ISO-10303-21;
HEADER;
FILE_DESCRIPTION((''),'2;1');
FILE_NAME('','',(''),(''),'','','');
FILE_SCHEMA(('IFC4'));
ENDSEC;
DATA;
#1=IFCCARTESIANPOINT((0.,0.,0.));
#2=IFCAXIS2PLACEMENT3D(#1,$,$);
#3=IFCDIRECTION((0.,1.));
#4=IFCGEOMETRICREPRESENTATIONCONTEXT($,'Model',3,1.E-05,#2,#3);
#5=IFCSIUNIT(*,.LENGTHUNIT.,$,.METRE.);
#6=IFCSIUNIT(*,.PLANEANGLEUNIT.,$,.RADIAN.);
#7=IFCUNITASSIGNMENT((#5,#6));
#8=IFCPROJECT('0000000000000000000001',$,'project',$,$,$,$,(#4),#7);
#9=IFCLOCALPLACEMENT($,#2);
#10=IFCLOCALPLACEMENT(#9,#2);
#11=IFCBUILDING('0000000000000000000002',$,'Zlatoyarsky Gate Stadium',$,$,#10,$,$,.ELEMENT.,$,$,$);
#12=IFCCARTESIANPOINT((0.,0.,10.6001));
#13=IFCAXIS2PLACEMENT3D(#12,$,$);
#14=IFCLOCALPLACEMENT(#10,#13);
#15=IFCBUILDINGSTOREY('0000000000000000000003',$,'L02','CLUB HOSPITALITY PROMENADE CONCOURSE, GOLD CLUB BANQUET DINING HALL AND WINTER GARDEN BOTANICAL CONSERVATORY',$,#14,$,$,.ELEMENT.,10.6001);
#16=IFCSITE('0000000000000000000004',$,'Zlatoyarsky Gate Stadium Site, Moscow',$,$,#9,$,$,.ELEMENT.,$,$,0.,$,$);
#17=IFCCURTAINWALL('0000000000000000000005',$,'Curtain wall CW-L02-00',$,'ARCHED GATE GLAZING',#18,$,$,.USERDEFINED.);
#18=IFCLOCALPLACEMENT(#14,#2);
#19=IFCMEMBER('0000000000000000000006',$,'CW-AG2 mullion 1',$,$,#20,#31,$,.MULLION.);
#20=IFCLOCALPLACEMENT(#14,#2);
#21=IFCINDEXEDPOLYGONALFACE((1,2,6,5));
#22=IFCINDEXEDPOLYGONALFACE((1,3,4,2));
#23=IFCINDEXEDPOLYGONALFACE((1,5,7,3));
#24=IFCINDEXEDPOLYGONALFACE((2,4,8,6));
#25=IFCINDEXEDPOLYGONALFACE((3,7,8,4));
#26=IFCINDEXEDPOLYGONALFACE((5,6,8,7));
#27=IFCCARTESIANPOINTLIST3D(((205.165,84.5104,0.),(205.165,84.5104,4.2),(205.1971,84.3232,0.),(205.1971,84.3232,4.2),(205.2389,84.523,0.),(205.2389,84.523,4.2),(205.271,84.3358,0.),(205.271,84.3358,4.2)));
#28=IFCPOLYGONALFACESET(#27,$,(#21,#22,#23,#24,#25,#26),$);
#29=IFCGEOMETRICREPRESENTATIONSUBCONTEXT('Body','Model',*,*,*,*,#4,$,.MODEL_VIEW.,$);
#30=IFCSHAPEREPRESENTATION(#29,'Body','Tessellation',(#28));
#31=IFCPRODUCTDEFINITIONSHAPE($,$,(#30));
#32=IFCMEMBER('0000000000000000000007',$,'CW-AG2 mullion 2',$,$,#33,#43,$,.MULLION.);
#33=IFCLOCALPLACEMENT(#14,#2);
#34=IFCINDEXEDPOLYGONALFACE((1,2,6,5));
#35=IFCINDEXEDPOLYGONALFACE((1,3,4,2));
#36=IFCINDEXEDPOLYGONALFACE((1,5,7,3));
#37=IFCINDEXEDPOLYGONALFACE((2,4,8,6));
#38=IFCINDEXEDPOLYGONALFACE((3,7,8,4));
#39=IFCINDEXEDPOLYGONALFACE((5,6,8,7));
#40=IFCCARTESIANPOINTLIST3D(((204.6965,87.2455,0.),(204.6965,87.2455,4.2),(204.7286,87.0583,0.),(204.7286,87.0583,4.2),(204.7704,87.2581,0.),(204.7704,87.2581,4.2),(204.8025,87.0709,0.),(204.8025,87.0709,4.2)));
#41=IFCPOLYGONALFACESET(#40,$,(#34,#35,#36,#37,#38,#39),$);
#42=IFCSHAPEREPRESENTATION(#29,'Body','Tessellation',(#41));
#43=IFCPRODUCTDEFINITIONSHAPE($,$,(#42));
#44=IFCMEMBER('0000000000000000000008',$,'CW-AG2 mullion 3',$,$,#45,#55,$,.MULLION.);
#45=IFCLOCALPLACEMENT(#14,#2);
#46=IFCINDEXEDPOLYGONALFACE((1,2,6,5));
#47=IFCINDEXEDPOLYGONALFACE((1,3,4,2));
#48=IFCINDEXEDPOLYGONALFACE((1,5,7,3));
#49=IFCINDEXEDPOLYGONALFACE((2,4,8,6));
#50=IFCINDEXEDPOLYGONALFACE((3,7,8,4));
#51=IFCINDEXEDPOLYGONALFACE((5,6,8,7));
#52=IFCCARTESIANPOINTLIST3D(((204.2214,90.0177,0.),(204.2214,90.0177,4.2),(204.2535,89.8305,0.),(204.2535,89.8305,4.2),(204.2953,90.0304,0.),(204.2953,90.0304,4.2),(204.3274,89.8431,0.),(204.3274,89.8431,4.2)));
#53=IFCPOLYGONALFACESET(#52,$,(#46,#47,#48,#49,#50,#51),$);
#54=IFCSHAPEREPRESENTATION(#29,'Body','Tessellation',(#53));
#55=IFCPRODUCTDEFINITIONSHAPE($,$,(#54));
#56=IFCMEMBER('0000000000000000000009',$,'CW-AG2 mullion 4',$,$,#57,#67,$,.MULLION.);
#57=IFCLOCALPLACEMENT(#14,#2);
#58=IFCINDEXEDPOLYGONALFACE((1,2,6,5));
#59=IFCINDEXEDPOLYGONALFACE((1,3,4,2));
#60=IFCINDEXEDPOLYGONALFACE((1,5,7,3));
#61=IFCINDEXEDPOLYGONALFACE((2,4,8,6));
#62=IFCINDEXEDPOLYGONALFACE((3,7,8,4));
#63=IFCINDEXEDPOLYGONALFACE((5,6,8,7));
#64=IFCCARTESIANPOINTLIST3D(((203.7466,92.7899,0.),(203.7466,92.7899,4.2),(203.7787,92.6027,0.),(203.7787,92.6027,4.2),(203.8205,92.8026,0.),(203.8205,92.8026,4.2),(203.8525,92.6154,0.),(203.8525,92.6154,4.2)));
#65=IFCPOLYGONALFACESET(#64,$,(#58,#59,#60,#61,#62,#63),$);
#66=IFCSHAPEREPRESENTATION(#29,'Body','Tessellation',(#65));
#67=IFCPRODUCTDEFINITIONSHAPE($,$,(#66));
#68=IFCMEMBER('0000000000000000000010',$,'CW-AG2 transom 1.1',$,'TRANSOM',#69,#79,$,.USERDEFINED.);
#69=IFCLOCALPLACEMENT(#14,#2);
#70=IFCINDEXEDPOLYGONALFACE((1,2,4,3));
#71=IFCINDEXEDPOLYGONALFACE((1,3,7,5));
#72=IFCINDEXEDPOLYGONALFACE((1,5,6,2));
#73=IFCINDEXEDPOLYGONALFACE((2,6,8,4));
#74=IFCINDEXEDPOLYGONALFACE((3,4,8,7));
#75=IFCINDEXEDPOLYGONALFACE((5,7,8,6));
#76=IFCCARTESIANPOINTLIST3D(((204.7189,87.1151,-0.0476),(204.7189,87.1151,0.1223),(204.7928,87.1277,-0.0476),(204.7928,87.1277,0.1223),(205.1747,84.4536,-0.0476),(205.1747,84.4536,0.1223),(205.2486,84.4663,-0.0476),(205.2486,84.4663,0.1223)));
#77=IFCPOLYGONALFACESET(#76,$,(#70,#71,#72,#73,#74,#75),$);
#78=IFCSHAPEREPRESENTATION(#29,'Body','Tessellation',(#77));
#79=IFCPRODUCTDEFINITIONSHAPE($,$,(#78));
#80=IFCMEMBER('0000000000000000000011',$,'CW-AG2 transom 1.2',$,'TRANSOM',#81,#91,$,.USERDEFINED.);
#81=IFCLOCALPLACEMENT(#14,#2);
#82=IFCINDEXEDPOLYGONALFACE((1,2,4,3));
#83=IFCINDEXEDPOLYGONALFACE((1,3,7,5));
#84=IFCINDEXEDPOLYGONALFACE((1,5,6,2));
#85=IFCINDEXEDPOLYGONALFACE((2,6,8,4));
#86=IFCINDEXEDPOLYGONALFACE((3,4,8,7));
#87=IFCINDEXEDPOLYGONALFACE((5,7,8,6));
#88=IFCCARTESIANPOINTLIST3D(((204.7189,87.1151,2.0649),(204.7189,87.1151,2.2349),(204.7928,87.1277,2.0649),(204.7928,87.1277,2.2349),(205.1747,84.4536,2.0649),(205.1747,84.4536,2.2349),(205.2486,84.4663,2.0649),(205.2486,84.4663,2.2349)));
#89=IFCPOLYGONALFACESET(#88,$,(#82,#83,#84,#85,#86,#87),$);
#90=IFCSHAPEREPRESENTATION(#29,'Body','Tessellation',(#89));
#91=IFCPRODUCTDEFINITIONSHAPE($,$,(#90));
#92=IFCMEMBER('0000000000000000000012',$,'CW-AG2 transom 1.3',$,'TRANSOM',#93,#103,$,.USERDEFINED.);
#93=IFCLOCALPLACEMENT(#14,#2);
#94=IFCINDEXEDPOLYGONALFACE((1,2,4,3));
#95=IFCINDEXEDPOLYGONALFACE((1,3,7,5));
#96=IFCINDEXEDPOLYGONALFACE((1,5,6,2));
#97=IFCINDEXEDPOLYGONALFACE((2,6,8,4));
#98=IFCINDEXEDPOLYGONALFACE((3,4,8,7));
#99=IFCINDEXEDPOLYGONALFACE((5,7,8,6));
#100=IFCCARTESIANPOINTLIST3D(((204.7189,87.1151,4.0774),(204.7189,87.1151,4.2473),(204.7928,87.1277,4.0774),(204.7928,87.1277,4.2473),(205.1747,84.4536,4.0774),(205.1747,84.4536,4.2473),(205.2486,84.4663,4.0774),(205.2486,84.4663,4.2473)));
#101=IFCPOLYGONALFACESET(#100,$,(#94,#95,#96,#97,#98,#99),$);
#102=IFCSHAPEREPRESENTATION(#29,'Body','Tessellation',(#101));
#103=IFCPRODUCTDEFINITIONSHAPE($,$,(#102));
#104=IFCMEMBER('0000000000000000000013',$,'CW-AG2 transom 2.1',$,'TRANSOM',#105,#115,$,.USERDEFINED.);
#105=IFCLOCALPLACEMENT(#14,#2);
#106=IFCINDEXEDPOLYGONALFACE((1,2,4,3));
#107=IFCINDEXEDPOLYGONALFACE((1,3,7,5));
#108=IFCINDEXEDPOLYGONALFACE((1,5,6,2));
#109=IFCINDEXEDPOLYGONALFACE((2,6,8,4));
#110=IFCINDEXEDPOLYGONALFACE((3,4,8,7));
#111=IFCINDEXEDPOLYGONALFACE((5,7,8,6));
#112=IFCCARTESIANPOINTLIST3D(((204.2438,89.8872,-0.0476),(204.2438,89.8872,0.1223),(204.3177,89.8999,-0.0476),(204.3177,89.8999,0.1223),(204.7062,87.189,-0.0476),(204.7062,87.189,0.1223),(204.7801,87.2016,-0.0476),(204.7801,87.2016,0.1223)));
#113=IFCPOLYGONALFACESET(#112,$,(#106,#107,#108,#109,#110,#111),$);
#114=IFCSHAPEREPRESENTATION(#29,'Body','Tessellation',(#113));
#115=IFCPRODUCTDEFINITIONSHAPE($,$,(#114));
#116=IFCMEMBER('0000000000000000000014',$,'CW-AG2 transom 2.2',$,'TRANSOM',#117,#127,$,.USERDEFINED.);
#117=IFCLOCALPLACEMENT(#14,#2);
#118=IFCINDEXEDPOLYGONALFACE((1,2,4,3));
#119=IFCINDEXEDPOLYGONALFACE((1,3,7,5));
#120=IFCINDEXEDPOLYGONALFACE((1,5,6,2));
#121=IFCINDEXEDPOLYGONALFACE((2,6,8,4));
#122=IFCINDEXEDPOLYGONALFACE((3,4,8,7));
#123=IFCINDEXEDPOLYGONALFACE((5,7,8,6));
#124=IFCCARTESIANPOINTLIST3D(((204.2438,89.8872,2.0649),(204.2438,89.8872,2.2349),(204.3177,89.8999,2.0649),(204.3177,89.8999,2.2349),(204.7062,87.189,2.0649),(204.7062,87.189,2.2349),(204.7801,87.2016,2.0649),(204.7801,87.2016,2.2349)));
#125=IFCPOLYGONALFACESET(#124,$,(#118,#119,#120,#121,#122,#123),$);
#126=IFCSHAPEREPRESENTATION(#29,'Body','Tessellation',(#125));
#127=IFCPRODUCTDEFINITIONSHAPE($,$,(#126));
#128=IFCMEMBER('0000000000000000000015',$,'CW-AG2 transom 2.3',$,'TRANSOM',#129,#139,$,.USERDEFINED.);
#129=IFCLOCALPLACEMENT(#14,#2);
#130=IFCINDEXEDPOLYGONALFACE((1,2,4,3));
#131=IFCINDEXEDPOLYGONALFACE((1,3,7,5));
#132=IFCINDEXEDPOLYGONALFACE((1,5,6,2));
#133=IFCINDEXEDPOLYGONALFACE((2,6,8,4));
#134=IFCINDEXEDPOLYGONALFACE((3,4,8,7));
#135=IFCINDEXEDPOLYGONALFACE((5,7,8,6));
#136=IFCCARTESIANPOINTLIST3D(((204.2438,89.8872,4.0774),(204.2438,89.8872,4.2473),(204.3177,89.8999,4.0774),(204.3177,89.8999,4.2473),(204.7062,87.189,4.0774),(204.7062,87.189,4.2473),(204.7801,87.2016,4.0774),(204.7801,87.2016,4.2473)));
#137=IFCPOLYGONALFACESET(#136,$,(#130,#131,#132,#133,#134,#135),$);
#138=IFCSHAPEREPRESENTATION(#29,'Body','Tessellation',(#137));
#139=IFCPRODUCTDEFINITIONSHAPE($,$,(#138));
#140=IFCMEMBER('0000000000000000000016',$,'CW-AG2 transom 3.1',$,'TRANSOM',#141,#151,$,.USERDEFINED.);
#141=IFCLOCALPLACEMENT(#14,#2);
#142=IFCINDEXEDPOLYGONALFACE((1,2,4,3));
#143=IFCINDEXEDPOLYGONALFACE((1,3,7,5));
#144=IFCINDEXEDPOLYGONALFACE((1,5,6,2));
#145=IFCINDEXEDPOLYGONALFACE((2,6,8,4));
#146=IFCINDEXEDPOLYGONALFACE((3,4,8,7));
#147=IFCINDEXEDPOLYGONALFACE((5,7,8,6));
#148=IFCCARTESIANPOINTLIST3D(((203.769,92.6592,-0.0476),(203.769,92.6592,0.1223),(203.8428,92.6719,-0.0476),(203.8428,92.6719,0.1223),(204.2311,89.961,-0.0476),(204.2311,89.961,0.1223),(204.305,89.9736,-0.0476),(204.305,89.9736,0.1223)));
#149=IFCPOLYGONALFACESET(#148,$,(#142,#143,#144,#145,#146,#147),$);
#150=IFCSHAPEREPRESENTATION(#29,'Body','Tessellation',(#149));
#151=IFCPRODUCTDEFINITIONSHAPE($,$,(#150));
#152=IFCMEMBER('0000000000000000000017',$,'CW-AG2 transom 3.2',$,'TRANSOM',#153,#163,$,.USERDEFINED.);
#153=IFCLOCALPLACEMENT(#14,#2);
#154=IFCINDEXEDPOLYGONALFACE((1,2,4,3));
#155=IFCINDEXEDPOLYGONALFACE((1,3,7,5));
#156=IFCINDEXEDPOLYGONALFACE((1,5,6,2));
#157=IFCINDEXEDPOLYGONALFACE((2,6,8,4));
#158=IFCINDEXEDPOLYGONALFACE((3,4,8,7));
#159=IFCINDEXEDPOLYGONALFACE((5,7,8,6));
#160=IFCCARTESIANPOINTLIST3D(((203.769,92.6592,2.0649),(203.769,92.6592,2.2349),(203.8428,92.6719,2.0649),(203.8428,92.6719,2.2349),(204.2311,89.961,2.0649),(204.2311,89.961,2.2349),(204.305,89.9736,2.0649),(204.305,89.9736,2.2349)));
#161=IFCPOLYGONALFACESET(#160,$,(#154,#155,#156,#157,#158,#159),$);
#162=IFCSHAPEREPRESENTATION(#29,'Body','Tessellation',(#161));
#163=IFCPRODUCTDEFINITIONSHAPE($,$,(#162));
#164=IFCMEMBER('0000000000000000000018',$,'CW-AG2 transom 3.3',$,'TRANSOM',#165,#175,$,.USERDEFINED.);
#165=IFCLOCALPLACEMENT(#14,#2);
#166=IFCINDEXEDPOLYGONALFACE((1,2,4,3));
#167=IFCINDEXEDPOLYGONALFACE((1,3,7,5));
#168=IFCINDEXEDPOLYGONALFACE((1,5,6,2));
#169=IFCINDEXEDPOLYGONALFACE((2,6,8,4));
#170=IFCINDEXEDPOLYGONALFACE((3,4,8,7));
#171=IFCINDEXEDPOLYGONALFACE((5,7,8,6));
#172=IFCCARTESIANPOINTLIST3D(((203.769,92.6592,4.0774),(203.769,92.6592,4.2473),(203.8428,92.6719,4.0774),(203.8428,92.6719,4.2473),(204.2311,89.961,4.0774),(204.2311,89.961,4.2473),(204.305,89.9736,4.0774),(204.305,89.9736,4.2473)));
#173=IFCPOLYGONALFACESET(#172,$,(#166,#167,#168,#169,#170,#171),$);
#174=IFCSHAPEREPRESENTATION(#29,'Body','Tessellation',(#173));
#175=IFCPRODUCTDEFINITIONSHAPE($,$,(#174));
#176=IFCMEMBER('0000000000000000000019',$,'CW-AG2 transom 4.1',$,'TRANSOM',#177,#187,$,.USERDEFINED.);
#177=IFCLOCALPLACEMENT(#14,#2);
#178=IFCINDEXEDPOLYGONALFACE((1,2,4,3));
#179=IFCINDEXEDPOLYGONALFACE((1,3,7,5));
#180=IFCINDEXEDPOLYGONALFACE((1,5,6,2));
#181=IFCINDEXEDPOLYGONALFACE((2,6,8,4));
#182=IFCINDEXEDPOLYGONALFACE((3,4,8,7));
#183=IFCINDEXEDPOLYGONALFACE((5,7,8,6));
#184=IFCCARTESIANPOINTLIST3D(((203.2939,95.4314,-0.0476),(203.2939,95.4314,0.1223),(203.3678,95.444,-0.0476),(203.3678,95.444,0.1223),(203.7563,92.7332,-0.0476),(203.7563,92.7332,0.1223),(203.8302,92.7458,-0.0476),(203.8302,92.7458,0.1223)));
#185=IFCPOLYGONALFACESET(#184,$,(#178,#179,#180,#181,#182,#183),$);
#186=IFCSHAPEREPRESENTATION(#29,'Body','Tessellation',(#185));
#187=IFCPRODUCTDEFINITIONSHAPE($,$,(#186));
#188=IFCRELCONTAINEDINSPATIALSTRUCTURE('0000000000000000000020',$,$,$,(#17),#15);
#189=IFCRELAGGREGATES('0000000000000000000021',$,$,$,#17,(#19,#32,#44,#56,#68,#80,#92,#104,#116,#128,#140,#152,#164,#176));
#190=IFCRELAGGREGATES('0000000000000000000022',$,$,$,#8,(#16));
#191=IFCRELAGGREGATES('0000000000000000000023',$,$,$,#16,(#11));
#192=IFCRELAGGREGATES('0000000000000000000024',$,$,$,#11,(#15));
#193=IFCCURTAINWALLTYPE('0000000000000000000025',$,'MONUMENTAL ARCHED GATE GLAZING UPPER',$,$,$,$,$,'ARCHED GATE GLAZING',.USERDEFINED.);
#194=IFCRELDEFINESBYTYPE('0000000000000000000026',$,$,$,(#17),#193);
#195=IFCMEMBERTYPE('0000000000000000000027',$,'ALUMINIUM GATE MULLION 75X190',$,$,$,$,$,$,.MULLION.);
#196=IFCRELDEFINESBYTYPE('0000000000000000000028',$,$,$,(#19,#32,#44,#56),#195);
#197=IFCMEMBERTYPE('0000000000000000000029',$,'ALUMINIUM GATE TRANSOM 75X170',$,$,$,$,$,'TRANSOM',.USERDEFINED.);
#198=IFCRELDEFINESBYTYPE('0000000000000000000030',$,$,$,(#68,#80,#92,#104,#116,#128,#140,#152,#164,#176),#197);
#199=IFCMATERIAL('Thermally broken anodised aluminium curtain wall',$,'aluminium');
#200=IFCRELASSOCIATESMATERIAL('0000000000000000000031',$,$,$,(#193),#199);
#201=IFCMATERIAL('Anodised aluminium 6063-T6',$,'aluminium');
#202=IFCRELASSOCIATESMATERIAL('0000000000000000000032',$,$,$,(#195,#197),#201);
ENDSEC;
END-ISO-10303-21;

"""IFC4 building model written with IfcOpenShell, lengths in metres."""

from ifc_helpers import new_model, si_unit, direction, frame, origin, origin_2d, place, context, subcontext, project, spatial, rectangle, extrude, material, material_profile, profile_set, type_object, element, aggregate, save


model = new_model("IFC4")

# Units and contexts
model_context = context("Model", 3, precision=1e-05, world=origin(), true_north=direction((0.0, 1.0)))
body_context = subcontext(model_context, "Body", "Model", "MODEL_VIEW")
ifc_project = project(units=[si_unit("LENGTHUNIT", "METRE"), si_unit("PLANEANGLEUNIT", "RADIAN")], contexts=[model_context])

# Site, building, storey
site_placement = place(None, origin())
site = spatial("IfcSite", under=ifc_project, at=site_placement, Name="Zlatoyarsky Gate Stadium Site, Moscow", CompositionType="ELEMENT", RefElevation=0.0)
building_placement = place(site_placement, origin())
building = spatial("IfcBuilding", under=site, at=building_placement, Name="Zlatoyarsky Gate Stadium", CompositionType="ELEMENT")
storey_placement = place(building_placement, frame((0.0, 0.0, 10.6001)))
storey = spatial("IfcBuildingStorey", under=building, at=storey_placement, Name="L02", Description="CLUB HOSPITALITY PROMENADE CONCOURSE, GOLD CLUB BANQUET DINING HALL AND WINTER GARDEN BOTANICAL CONSERVATORY", CompositionType="ELEMENT", Elevation=10.6001)

# Curtain wall, members
ifc_material_1 = material(Name="Thermally broken anodised aluminium curtain wall", Category="aluminium")
curtain_wall_type_1 = type_object("IfcCurtainWallType", Name="MONUMENTAL ARCHED GATE GLAZING UPPER", ElementType="ARCHED GATE GLAZING", PredefinedType="USERDEFINED", material=ifc_material_1)
curtain_wall_1_placement = place(storey_placement, origin())
curtain_wall_1 = element("IfcCurtainWall", 1, at=curtain_wall_1_placement, inside=storey, type_object=curtain_wall_type_1, Name="Curtain wall CW-L02-00", ObjectType="ARCHED GATE GLAZING", PredefinedType="USERDEFINED")
ifc_material_2 = material(Name="Anodised aluminium 6063-T6", Category="aluminium")
ifc_material_profile_1 = material_profile(ifc_material_2, rectangle(XDim=0.075, YDim=0.1899, at=origin_2d()), Name="ALU 75X190")
ifc_profile_set_1 = profile_set([ifc_material_profile_1], Name="Anodised aluminium 6063-T6")
member_type_1 = type_object("IfcMemberType", Name="ALUMINIUM GATE MULLION 75X190", PredefinedType="MULLION", material=ifc_profile_set_1)
member_1_placement = place(storey_placement, frame((205.218, 84.4231, 0.0), z_axis=(0.0, 0.0, 1.0), x_axis=(-0.985637, -0.168878, 0.0)))
member_1 = element("IfcMember", 2, at=member_1_placement, type_object=member_type_1, Name="CW-AG2 mullion 1", PredefinedType="MULLION", context=body_context, shape_type="SweptSolid", body=[
    extrude(rectangle(XDim=0.075, YDim=0.1899, at=origin_2d()), origin(), (0.0, 0.0, 1.0), 4.2),
])
member_2_placement = place(storey_placement, frame((204.7495, 87.1582, 0.0), z_axis=(0.0, 0.0, 1.0), x_axis=(-0.985637, -0.168878, 0.0)))
member_2 = element("IfcMember", 3, at=member_2_placement, type_object=member_type_1, Name="CW-AG2 mullion 2", PredefinedType="MULLION", context=body_context, shape_type="SweptSolid", body=[
    extrude(rectangle(XDim=0.075, YDim=0.1899, at=origin_2d()), origin(), (0.0, 0.0, 1.0), 4.2),
])
member_3_placement = place(storey_placement, frame((204.2744, 89.9304, 0.0), z_axis=(0.0, 0.0, 1.0), x_axis=(-0.985637, -0.168878, 0.0)))
member_3 = element("IfcMember", 4, at=member_3_placement, type_object=member_type_1, Name="CW-AG2 mullion 3", PredefinedType="MULLION", context=body_context, shape_type="SweptSolid", body=[
    extrude(rectangle(XDim=0.075, YDim=0.1899, at=origin_2d()), origin(), (0.0, 0.0, 1.0), 4.2),
])
member_4_placement = place(storey_placement, frame((203.7996, 92.7026, 0.0), z_axis=(0.0, 0.0, 1.0), x_axis=(-0.985637, -0.168878, 0.0)))
member_4 = element("IfcMember", 5, at=member_4_placement, type_object=member_type_1, Name="CW-AG2 mullion 4", PredefinedType="MULLION", context=body_context, shape_type="SweptSolid", body=[
    extrude(rectangle(XDim=0.075, YDim=0.1899, at=origin_2d()), origin(), (0.0, 0.0, 1.0), 4.2),
])
ifc_material_profile_2 = material_profile(ifc_material_2, rectangle(XDim=0.075, YDim=0.1699, at=origin_2d()), Name="ALU 75X170")
ifc_profile_set_2 = profile_set([ifc_material_profile_2], Name="Anodised aluminium 6063-T6")
member_type_2 = type_object("IfcMemberType", Name="ALUMINIUM GATE TRANSOM 75X170", ElementType="TRANSOM", PredefinedType="USERDEFINED", material=ifc_profile_set_2)
member_5_placement = place(storey_placement, frame((205.2117, 84.46, 0.0374), z_axis=(-0.168811, 0.985648, 0.0), x_axis=(-0.985648, -0.168811, 0.0)))
member_5 = element("IfcMember", 6, at=member_5_placement, type_object=member_type_2, Name="CW-AG2 transom 1.1", ObjectType="TRANSOM", PredefinedType="USERDEFINED", context=body_context, shape_type="SweptSolid", body=[
    extrude(rectangle(XDim=0.075, YDim=0.1699, at=origin_2d()), origin(), (0.0, 0.0, 1.0), 2.7002),
])
member_6_placement = place(storey_placement, frame((205.2117, 84.46, 2.1499), z_axis=(-0.168811, 0.985648, 0.0), x_axis=(-0.985648, -0.168811, 0.0)))
member_6 = element("IfcMember", 7, at=member_6_placement, type_object=member_type_2, Name="CW-AG2 transom 1.2", ObjectType="TRANSOM", PredefinedType="USERDEFINED", context=body_context, shape_type="SweptSolid", body=[
    extrude(rectangle(XDim=0.075, YDim=0.1699, at=origin_2d()), origin(), (0.0, 0.0, 1.0), 2.7002),
])
member_7_placement = place(storey_placement, frame((205.2117, 84.46, 4.1624), z_axis=(-0.168811, 0.985648, 0.0), x_axis=(-0.985648, -0.168811, 0.0)))
member_7 = element("IfcMember", 8, at=member_7_placement, type_object=member_type_2, Name="CW-AG2 transom 1.3", ObjectType="TRANSOM", PredefinedType="USERDEFINED", context=body_context, shape_type="SweptSolid", body=[
    extrude(rectangle(XDim=0.075, YDim=0.1699, at=origin_2d()), origin(), (0.0, 0.0, 1.0), 2.7002),
])
member_8_placement = place(storey_placement, frame((204.7432, 87.1953, 0.0374), z_axis=(-0.168909, 0.985632, 0.0), x_axis=(-0.985632, -0.168909, 0.0)))
member_8 = element("IfcMember", 9, at=member_8_placement, type_object=member_type_2, Name="CW-AG2 transom 2.1", ObjectType="TRANSOM", PredefinedType="USERDEFINED", context=body_context, shape_type="SweptSolid", body=[
    extrude(rectangle(XDim=0.075, YDim=0.1699, at=origin_2d()), origin(), (0.0, 0.0, 1.0), 2.7375),
])
member_9_placement = place(storey_placement, frame((204.7432, 87.1953, 2.1499), z_axis=(-0.168909, 0.985632, 0.0), x_axis=(-0.985632, -0.168909, 0.0)))
member_9 = element("IfcMember", 10, at=member_9_placement, type_object=member_type_2, Name="CW-AG2 transom 2.2", ObjectType="TRANSOM", PredefinedType="USERDEFINED", context=body_context, shape_type="SweptSolid", body=[
    extrude(rectangle(XDim=0.075, YDim=0.1699, at=origin_2d()), origin(), (0.0, 0.0, 1.0), 2.7375),
])
member_10_placement = place(storey_placement, frame((204.7432, 87.1953, 4.1624), z_axis=(-0.168909, 0.985632, 0.0), x_axis=(-0.985632, -0.168909, 0.0)))
member_10 = element("IfcMember", 11, at=member_10_placement, type_object=member_type_2, Name="CW-AG2 transom 2.3", ObjectType="TRANSOM", PredefinedType="USERDEFINED", context=body_context, shape_type="SweptSolid", body=[
    extrude(rectangle(XDim=0.075, YDim=0.1699, at=origin_2d()), origin(), (0.0, 0.0, 1.0), 2.7375),
])
member_11_placement = place(storey_placement, frame((204.2681, 89.9673, 0.0374), z_axis=(-0.168823, 0.985646, 0.0), x_axis=(-0.985646, -0.168823, 0.0)))
member_11 = element("IfcMember", 12, at=member_11_placement, type_object=member_type_2, Name="CW-AG2 transom 3.1", ObjectType="TRANSOM", PredefinedType="USERDEFINED", context=body_context, shape_type="SweptSolid", body=[
    extrude(rectangle(XDim=0.075, YDim=0.1699, at=origin_2d()), origin(), (0.0, 0.0, 1.0), 2.7375),
])
member_12_placement = place(storey_placement, frame((204.2681, 89.9673, 2.1499), z_axis=(-0.168823, 0.985646, 0.0), x_axis=(-0.985646, -0.168823, 0.0)))
member_12 = element("IfcMember", 13, at=member_12_placement, type_object=member_type_2, Name="CW-AG2 transom 3.2", ObjectType="TRANSOM", PredefinedType="USERDEFINED", context=body_context, shape_type="SweptSolid", body=[
    extrude(rectangle(XDim=0.075, YDim=0.1699, at=origin_2d()), origin(), (0.0, 0.0, 1.0), 2.7375),
])
member_13_placement = place(storey_placement, frame((204.2681, 89.9673, 4.1624), z_axis=(-0.168823, 0.985646, 0.0), x_axis=(-0.985646, -0.168823, 0.0)))
member_13 = element("IfcMember", 14, at=member_13_placement, type_object=member_type_2, Name="CW-AG2 transom 3.3", ObjectType="TRANSOM", PredefinedType="USERDEFINED", context=body_context, shape_type="SweptSolid", body=[
    extrude(rectangle(XDim=0.075, YDim=0.1699, at=origin_2d()), origin(), (0.0, 0.0, 1.0), 2.7375),
])
member_14_placement = place(storey_placement, frame((203.7932, 92.7395, 0.0374), z_axis=(-0.168909, 0.985632, 0.0), x_axis=(-0.985632, -0.168909, 0.0)))
member_14 = element("IfcMember", 15, at=member_14_placement, type_object=member_type_2, Name="CW-AG2 transom 4.1", ObjectType="TRANSOM", PredefinedType="USERDEFINED", context=body_context, shape_type="SweptSolid", body=[
    extrude(rectangle(XDim=0.075, YDim=0.1699, at=origin_2d()), origin(), (0.0, 0.0, 1.0), 2.7375),
])

aggregate(curtain_wall_1, [member_1, member_2, member_3, member_4, member_5, member_6, member_7, member_8, member_9, member_10, member_11, member_12, member_13, member_14])

save(model, "model.ifc")
